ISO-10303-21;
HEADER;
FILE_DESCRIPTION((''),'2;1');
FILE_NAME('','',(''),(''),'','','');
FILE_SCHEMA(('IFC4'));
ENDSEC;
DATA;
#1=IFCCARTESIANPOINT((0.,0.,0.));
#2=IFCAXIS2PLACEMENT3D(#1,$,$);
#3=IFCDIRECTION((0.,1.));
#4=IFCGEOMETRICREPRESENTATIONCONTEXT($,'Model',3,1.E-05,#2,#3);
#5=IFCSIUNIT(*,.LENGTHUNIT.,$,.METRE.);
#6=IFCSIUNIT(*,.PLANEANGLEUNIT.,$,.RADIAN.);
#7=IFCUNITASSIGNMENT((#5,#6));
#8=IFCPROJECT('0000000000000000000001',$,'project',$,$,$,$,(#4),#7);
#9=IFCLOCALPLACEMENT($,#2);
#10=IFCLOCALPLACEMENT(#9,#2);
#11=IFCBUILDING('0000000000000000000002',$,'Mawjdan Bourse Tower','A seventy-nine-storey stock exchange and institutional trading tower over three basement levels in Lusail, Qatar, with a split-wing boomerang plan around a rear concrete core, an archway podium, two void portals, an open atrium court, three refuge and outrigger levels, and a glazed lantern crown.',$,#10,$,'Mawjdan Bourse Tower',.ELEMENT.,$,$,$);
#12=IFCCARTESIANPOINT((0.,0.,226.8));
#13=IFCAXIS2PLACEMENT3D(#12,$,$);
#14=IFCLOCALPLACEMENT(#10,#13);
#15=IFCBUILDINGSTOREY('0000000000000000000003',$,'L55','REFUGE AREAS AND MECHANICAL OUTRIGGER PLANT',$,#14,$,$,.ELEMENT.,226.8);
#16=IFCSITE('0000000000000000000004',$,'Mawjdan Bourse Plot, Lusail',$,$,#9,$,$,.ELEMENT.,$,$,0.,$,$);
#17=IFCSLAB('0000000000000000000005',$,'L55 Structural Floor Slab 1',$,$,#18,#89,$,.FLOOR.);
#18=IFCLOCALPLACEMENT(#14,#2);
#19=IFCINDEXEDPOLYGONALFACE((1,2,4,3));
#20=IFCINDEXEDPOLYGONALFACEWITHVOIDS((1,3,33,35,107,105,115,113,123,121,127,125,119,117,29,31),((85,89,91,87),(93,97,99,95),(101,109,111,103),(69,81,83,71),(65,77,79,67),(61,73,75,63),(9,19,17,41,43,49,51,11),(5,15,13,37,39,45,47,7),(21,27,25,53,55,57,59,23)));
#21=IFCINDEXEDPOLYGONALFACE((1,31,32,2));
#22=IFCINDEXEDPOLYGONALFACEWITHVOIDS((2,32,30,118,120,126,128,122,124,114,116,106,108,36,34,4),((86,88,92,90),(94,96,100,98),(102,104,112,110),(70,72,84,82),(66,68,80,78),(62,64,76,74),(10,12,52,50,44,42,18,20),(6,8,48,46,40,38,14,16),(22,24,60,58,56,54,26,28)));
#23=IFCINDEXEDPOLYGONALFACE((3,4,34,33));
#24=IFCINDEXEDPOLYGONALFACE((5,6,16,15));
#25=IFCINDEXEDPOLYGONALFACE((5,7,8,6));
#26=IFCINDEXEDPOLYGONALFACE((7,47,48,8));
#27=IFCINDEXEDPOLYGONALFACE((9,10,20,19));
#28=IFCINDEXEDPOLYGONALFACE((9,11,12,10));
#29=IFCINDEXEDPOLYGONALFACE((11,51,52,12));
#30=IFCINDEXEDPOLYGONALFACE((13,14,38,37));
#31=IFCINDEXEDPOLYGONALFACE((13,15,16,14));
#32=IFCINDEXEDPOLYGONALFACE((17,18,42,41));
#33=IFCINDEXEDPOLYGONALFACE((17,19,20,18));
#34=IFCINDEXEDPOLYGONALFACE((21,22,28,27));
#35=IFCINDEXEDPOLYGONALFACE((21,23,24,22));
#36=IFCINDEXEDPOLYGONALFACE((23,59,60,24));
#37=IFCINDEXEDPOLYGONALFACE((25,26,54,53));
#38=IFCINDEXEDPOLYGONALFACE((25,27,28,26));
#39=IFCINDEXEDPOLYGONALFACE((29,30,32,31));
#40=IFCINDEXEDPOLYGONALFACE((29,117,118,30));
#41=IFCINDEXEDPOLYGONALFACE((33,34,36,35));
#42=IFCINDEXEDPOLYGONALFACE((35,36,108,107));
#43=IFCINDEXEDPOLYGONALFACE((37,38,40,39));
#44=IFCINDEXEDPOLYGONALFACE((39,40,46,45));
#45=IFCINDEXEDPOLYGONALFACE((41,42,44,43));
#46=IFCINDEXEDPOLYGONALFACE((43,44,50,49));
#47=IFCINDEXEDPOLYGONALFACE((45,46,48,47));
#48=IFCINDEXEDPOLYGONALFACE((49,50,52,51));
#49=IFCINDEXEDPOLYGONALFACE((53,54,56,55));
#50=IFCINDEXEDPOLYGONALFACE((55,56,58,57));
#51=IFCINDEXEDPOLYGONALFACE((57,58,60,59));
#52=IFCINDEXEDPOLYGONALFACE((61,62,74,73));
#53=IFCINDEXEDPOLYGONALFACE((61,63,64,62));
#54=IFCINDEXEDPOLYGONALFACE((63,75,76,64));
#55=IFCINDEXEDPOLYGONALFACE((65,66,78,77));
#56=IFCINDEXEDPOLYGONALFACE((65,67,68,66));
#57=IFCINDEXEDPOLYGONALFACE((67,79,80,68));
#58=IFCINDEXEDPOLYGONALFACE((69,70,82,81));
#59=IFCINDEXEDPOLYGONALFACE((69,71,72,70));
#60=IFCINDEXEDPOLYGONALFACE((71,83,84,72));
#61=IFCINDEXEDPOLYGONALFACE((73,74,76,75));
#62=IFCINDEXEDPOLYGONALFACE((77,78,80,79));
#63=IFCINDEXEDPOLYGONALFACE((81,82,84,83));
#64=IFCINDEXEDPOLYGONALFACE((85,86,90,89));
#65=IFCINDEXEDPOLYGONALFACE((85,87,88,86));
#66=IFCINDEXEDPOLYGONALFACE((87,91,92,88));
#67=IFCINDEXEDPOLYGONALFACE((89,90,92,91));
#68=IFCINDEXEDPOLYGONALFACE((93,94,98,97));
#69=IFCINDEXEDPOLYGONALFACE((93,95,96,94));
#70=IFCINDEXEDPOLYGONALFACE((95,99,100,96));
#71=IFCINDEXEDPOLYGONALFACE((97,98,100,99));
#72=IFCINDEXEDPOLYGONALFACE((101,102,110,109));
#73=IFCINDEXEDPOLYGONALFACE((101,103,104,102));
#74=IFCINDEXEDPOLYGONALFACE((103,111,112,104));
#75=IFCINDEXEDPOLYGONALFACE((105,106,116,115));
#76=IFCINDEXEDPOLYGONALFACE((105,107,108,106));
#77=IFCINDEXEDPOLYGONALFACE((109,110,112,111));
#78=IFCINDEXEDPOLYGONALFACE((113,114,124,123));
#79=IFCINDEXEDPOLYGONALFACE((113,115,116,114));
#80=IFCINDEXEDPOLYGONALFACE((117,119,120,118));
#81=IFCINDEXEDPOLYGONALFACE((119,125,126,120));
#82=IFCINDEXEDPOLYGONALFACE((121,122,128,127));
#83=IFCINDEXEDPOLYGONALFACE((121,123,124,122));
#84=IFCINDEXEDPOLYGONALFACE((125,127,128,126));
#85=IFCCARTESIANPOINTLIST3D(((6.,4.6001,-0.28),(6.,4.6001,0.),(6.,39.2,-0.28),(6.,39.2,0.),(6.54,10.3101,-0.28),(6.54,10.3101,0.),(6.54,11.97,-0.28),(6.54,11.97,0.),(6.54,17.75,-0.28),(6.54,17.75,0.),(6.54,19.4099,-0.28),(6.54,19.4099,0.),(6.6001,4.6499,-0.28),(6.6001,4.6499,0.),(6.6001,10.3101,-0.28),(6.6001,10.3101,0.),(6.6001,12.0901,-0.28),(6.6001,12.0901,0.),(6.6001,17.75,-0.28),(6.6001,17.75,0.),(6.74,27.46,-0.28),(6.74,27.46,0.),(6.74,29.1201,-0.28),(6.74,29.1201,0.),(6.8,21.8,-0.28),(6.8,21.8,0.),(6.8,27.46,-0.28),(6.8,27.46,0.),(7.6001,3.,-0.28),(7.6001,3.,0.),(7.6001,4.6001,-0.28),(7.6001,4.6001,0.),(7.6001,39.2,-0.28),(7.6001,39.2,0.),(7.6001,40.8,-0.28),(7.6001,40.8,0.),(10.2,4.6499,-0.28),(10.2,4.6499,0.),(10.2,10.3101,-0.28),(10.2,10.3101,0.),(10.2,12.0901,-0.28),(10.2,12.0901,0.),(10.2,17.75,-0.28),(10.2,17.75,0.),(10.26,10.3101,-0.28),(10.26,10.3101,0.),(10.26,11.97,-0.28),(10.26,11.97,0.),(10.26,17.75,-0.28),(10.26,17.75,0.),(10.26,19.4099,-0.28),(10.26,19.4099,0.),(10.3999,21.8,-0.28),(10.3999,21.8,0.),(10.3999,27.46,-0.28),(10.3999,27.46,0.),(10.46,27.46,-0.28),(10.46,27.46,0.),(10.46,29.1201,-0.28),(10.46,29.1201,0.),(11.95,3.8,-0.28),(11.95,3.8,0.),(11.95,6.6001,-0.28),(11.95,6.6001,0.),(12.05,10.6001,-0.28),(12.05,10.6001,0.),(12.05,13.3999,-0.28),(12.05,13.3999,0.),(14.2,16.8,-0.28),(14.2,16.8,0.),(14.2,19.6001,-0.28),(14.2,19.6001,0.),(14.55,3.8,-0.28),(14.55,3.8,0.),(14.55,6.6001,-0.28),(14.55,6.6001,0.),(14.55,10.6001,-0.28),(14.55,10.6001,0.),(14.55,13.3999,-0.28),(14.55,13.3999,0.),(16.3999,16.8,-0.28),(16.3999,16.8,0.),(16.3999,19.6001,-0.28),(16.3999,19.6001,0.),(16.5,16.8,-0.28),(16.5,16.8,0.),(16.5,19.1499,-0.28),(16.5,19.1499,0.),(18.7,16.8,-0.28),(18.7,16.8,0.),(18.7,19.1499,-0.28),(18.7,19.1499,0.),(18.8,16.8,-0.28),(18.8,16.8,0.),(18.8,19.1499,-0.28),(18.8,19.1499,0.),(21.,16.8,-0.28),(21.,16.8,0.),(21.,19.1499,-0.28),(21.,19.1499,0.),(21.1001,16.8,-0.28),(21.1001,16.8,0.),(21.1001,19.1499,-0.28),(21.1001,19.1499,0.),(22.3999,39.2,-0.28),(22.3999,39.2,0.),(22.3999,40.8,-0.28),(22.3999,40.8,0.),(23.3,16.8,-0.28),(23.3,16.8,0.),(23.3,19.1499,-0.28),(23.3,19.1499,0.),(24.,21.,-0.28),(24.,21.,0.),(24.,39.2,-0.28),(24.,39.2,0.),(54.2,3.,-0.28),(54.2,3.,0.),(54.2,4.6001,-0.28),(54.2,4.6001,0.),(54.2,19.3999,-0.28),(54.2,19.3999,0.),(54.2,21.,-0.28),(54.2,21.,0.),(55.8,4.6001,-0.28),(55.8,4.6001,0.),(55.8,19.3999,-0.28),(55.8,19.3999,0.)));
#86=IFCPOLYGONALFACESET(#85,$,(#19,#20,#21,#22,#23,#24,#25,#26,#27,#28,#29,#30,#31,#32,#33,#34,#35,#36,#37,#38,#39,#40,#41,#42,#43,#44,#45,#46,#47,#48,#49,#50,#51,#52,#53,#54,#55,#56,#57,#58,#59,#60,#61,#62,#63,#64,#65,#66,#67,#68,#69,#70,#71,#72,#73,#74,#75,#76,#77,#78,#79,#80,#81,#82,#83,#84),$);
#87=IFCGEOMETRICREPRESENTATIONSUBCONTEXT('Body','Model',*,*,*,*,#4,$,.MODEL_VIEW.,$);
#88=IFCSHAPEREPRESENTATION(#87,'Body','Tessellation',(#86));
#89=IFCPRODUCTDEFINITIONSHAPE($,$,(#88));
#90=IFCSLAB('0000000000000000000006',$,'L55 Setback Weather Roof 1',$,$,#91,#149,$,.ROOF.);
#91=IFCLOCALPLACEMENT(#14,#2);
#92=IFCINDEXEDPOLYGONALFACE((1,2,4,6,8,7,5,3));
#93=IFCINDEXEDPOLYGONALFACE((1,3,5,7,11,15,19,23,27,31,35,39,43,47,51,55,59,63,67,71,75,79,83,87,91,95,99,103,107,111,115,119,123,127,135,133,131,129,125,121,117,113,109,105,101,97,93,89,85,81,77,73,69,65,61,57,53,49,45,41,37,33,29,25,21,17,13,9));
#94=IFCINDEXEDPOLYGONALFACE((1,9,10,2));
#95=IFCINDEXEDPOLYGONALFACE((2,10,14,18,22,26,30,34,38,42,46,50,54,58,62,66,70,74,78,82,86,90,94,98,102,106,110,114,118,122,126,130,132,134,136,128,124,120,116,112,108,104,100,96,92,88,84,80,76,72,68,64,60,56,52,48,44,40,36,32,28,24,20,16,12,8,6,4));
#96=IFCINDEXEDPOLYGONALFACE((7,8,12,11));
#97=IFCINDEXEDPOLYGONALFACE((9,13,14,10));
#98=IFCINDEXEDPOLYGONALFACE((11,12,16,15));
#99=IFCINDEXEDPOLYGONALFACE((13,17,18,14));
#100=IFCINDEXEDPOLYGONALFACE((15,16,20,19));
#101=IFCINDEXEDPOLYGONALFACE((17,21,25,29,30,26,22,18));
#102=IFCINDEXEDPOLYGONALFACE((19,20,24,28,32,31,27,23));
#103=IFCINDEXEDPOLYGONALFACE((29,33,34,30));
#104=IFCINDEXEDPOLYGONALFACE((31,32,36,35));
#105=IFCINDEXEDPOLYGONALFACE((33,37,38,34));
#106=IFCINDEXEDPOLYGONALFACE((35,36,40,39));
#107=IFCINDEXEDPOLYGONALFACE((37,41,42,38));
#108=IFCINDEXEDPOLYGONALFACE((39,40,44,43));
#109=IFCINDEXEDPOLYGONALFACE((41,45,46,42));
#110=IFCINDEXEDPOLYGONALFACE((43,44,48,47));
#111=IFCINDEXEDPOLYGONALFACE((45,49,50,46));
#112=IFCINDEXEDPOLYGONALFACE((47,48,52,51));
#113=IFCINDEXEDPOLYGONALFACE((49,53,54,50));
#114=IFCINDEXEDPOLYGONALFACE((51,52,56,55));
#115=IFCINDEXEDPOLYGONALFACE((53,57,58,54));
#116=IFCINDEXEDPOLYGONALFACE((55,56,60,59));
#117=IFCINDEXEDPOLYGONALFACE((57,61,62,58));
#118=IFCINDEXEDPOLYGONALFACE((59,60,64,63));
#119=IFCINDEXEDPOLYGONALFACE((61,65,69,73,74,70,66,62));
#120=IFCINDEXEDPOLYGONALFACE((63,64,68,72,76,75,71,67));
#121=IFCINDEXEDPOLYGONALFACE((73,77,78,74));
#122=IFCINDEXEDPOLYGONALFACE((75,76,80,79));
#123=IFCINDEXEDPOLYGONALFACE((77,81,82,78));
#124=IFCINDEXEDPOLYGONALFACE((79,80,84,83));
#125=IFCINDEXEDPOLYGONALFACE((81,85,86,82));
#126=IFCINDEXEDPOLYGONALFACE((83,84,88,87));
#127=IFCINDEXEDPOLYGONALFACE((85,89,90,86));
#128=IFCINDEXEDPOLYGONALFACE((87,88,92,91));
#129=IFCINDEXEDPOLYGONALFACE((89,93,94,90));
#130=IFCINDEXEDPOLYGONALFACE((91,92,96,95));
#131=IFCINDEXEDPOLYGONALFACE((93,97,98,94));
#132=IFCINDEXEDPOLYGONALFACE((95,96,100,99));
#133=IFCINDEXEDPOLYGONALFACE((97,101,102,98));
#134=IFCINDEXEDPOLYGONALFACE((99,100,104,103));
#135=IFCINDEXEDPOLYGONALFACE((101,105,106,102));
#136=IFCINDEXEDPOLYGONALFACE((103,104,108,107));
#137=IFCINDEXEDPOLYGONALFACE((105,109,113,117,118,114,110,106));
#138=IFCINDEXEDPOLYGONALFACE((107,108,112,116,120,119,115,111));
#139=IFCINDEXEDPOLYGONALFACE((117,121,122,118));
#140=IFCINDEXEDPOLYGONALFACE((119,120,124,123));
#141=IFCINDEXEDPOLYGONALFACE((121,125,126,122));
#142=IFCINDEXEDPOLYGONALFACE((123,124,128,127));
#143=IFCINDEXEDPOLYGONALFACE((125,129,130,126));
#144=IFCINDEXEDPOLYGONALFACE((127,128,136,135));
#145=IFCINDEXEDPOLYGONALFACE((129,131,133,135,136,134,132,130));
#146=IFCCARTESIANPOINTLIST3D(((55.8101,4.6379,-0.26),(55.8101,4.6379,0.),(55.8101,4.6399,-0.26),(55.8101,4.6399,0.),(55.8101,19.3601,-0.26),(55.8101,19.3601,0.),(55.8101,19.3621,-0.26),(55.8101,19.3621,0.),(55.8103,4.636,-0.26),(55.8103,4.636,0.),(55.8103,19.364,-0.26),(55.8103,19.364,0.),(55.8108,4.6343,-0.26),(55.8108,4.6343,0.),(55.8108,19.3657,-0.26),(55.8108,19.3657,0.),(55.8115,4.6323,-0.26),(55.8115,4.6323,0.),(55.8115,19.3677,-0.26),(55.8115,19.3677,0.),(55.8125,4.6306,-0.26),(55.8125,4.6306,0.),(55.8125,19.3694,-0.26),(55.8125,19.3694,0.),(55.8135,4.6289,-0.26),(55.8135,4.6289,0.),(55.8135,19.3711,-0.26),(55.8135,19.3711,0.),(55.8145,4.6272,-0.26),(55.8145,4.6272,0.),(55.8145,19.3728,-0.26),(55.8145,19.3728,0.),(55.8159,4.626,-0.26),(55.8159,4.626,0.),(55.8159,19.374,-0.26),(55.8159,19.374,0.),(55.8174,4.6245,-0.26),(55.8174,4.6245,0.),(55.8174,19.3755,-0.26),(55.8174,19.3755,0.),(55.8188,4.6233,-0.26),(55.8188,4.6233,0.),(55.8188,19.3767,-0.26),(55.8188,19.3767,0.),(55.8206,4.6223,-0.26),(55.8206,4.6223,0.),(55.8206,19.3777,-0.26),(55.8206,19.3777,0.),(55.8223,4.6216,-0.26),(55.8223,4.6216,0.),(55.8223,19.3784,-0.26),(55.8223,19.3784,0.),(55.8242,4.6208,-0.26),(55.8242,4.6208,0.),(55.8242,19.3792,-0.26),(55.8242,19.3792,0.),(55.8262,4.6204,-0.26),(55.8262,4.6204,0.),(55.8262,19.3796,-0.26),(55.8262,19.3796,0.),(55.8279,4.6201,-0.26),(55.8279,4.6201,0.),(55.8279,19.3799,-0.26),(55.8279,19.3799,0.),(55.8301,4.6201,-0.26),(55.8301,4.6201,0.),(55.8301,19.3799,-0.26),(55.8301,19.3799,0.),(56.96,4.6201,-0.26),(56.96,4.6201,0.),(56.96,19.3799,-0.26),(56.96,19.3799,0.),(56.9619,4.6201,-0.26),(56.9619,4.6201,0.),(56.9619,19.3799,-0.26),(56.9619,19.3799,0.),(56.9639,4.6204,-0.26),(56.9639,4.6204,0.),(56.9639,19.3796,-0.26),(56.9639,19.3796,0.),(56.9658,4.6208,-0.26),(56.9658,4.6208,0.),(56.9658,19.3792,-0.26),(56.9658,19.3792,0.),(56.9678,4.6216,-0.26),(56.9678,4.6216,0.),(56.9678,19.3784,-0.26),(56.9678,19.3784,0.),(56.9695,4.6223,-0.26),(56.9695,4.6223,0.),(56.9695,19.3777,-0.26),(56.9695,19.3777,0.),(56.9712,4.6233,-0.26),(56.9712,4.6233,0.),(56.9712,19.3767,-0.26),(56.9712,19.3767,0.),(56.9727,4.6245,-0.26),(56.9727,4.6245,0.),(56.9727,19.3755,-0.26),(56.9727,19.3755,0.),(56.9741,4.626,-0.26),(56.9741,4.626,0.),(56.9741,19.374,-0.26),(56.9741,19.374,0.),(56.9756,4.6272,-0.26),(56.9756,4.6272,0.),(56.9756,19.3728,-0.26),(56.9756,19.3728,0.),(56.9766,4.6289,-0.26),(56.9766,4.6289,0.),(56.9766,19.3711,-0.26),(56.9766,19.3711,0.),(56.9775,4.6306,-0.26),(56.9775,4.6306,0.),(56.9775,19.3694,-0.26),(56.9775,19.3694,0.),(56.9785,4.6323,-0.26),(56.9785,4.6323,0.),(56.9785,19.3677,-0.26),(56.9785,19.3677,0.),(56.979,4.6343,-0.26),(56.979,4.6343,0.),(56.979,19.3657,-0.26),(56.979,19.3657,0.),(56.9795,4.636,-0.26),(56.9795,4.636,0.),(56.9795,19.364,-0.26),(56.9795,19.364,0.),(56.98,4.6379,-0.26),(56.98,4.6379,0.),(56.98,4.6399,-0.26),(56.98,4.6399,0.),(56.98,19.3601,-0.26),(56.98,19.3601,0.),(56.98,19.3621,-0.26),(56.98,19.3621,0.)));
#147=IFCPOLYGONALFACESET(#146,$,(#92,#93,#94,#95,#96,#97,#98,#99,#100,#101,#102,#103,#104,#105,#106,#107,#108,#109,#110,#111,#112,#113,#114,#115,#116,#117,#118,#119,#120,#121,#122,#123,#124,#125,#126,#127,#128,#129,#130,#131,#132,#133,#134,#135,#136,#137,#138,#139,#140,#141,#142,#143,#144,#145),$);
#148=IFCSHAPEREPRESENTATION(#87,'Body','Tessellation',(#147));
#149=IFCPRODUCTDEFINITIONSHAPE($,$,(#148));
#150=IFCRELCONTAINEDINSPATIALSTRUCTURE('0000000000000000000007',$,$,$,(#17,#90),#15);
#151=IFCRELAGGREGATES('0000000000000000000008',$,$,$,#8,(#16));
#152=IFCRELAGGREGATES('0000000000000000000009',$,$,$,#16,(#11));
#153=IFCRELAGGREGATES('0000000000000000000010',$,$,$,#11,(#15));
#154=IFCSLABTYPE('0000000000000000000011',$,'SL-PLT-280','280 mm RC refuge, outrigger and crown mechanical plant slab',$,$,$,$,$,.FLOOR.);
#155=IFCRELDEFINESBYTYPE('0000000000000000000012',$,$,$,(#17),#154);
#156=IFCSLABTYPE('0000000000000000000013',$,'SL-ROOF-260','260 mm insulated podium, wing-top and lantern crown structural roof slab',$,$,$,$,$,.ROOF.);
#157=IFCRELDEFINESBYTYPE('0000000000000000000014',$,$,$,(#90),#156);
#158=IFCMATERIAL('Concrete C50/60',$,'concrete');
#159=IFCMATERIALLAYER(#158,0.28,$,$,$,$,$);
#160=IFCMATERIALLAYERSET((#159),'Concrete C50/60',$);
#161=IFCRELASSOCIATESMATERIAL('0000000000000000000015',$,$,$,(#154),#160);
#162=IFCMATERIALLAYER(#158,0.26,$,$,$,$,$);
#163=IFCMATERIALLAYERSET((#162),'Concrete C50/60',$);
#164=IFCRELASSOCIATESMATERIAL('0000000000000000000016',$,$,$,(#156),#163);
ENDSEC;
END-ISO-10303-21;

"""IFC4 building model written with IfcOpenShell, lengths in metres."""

from ifc_helpers import new_model, si_unit, direction, frame, origin, place, context, subcontext, project, spatial, polyline, outline, extrude, material, layer, layer_set, type_object, element, save


model = new_model("IFC4")

# Units and contexts
model_context = context("Model", 3, precision=1e-05, world=origin(), true_north=direction((0.0, 1.0)))
body_context = subcontext(model_context, "Body", "Model", "MODEL_VIEW")
ifc_project = project(units=[si_unit("LENGTHUNIT", "METRE"), si_unit("PLANEANGLEUNIT", "RADIAN")], contexts=[model_context])

# Site, building, storey
site_placement = place(None, origin())
site = spatial("IfcSite", under=ifc_project, at=site_placement, Name="Mawjdan Bourse Plot, Lusail", CompositionType="ELEMENT", RefElevation=0.0)
building_placement = place(site_placement, origin())
building = spatial("IfcBuilding", under=site, at=building_placement, Name="Mawjdan Bourse Tower", Description="A seventy-nine-storey stock exchange and institutional trading tower over three basement levels in Lusail, Qatar, with a split-wing boomerang plan around a rear concrete core, an archway podium, two void portals, an open atrium court, three refuge and outrigger levels, and a glazed lantern crown.", LongName="Mawjdan Bourse Tower", CompositionType="ELEMENT")
storey_placement = place(building_placement, frame((0.0, 0.0, 226.8)))
storey = spatial("IfcBuildingStorey", under=building, at=storey_placement, Name="L55", Description="REFUGE AREAS AND MECHANICAL OUTRIGGER PLANT", CompositionType="ELEMENT", Elevation=226.8)

# Shared definitions
ifc_material_1 = material(Name="Concrete C50/60", Category="concrete")

# Slabs
ifc_layer_1 = layer(ifc_material_1, 0.28)
ifc_layer_set_1 = layer_set([ifc_layer_1], Name="Concrete C50/60")
slab_type_1 = type_object("IfcSlabType", Name="SL-PLT-280", Description="280 mm RC refuge, outrigger and crown mechanical plant slab", PredefinedType="FLOOR", material=ifc_layer_set_1)
slab_1_placement = place(storey_placement, frame((0.0, 0.0, -0.28)))
element("IfcSlab", 1, at=slab_1_placement, inside=storey, type_object=slab_type_1, Name="L55 Structural Floor Slab 1", PredefinedType="FLOOR", context=body_context, shape_type="SweptSolid", body=[
    extrude(outline(polyline([(7.6001, 3.0), (54.2, 3.0), (54.2, 4.6001), (55.8, 4.6001), (55.8, 19.3999), (54.2, 19.3999), (54.2, 21.0), (24.0, 21.0), (24.0, 39.2), (22.3999, 39.2), (22.3999, 40.8), (7.6001, 40.8), (7.6001, 39.2), (6.0, 39.2), (6.0, 4.6001), (7.6001, 4.6001), (7.6001, 3.0)]), holes=[polyline([(6.54, 11.97), (10.26, 11.97), (10.26, 10.3101), (10.2, 10.3101), (10.2, 4.6499), (6.6001, 4.6499), (6.6001, 10.3101), (6.54, 10.3101), (6.54, 11.97)]), polyline([(6.6001, 12.0901), (6.6001, 17.75), (6.54, 17.75), (6.54, 19.4099), (10.26, 19.4099), (10.26, 17.75), (10.2, 17.75), (10.2, 12.0901), (6.6001, 12.0901)]), polyline([(10.46, 29.1201), (10.46, 27.46), (10.3999, 27.46), (10.3999, 21.8), (6.8, 21.8), (6.8, 27.46), (6.74, 27.46), (6.74, 29.1201), (10.46, 29.1201)]), polyline([(14.55, 3.8), (11.95, 3.8), (11.95, 6.6001), (14.55, 6.6001), (14.55, 3.8)]), polyline([(12.05, 10.6001), (12.05, 13.3999), (14.55, 13.3999), (14.55, 10.6001), (12.05, 10.6001)]), polyline([(16.5, 16.8), (16.5, 19.1499), (18.7, 19.1499), (18.7, 16.8), (16.5, 16.8)]), polyline([(21.0, 16.8), (18.8, 16.8), (18.8, 19.1499), (21.0, 19.1499), (21.0, 16.8)]), polyline([(21.1001, 16.8), (21.1001, 19.1499), (23.3, 19.1499), (23.3, 16.8), (21.1001, 16.8)]), polyline([(14.2, 16.8), (14.2, 19.6001), (16.3999, 19.6001), (16.3999, 16.8), (14.2, 16.8)])]), origin(), (0.0, 0.0, 1.0), 0.28),
])
ifc_layer_2 = layer(ifc_material_1, 0.26)
ifc_layer_set_2 = layer_set([ifc_layer_2], Name="Concrete C50/60")
slab_type_2 = type_object("IfcSlabType", Name="SL-ROOF-260", Description="260 mm insulated podium, wing-top and lantern crown structural roof slab", PredefinedType="ROOF", material=ifc_layer_set_2)
slab_2_placement = place(storey_placement, frame((0.0, 0.0, -0.26)))
element("IfcSlab", 2, at=slab_2_placement, inside=storey, type_object=slab_type_2, Name="L55 Setback Weather Roof 1", PredefinedType="ROOF", context=body_context, shape_type="SweptSolid", body=[
    extrude(outline(polyline([(56.98, 19.3601), (56.98, 19.3621), (56.9795, 19.364), (56.979, 19.3657), (56.9785, 19.3677), (56.9775, 19.3694), (56.9766, 19.3711), (56.9756, 19.3728), (56.9741, 19.374), (56.9727, 19.3755), (56.9712, 19.3767), (56.9695, 19.3777), (56.9678, 19.3784), (56.9658, 19.3792), (56.9639, 19.3796), (56.9619, 19.3799), (56.96, 19.3799), (55.8301, 19.3799), (55.8279, 19.3799), (55.8262, 19.3796), (55.8242, 19.3792), (55.8223, 19.3784), (55.8206, 19.3777), (55.8188, 19.3767), (55.8174, 19.3755), (55.8159, 19.374), (55.8145, 19.3728), (55.8135, 19.3711), (55.8125, 19.3694), (55.8115, 19.3677), (55.8108, 19.3657), (55.8103, 19.364), (55.8101, 19.3621), (55.8101, 19.3601), (55.8101, 4.6399), (55.8101, 4.6379), (55.8103, 4.636), (55.8108, 4.6343), (55.8115, 4.6323), (55.8125, 4.6306), (55.8135, 4.6289), (55.8145, 4.6272), (55.8159, 4.626), (55.8174, 4.6245), (55.8188, 4.6233), (55.8206, 4.6223), (55.8223, 4.6216), (55.8242, 4.6208), (55.8262, 4.6204), (55.8279, 4.6201), (55.8301, 4.6201), (56.96, 4.6201), (56.9619, 4.6201), (56.9639, 4.6204), (56.9658, 4.6208), (56.9678, 4.6216), (56.9695, 4.6223), (56.9712, 4.6233), (56.9727, 4.6245), (56.9741, 4.626), (56.9756, 4.6272), (56.9766, 4.6289), (56.9775, 4.6306), (56.9785, 4.6323), (56.979, 4.6343), (56.9795, 4.636), (56.98, 4.6379), (56.98, 4.6399), (56.98, 19.3601)])), origin(), (0.0, 0.0, 1.0), 0.26),
])

save(model, "model.ifc")
